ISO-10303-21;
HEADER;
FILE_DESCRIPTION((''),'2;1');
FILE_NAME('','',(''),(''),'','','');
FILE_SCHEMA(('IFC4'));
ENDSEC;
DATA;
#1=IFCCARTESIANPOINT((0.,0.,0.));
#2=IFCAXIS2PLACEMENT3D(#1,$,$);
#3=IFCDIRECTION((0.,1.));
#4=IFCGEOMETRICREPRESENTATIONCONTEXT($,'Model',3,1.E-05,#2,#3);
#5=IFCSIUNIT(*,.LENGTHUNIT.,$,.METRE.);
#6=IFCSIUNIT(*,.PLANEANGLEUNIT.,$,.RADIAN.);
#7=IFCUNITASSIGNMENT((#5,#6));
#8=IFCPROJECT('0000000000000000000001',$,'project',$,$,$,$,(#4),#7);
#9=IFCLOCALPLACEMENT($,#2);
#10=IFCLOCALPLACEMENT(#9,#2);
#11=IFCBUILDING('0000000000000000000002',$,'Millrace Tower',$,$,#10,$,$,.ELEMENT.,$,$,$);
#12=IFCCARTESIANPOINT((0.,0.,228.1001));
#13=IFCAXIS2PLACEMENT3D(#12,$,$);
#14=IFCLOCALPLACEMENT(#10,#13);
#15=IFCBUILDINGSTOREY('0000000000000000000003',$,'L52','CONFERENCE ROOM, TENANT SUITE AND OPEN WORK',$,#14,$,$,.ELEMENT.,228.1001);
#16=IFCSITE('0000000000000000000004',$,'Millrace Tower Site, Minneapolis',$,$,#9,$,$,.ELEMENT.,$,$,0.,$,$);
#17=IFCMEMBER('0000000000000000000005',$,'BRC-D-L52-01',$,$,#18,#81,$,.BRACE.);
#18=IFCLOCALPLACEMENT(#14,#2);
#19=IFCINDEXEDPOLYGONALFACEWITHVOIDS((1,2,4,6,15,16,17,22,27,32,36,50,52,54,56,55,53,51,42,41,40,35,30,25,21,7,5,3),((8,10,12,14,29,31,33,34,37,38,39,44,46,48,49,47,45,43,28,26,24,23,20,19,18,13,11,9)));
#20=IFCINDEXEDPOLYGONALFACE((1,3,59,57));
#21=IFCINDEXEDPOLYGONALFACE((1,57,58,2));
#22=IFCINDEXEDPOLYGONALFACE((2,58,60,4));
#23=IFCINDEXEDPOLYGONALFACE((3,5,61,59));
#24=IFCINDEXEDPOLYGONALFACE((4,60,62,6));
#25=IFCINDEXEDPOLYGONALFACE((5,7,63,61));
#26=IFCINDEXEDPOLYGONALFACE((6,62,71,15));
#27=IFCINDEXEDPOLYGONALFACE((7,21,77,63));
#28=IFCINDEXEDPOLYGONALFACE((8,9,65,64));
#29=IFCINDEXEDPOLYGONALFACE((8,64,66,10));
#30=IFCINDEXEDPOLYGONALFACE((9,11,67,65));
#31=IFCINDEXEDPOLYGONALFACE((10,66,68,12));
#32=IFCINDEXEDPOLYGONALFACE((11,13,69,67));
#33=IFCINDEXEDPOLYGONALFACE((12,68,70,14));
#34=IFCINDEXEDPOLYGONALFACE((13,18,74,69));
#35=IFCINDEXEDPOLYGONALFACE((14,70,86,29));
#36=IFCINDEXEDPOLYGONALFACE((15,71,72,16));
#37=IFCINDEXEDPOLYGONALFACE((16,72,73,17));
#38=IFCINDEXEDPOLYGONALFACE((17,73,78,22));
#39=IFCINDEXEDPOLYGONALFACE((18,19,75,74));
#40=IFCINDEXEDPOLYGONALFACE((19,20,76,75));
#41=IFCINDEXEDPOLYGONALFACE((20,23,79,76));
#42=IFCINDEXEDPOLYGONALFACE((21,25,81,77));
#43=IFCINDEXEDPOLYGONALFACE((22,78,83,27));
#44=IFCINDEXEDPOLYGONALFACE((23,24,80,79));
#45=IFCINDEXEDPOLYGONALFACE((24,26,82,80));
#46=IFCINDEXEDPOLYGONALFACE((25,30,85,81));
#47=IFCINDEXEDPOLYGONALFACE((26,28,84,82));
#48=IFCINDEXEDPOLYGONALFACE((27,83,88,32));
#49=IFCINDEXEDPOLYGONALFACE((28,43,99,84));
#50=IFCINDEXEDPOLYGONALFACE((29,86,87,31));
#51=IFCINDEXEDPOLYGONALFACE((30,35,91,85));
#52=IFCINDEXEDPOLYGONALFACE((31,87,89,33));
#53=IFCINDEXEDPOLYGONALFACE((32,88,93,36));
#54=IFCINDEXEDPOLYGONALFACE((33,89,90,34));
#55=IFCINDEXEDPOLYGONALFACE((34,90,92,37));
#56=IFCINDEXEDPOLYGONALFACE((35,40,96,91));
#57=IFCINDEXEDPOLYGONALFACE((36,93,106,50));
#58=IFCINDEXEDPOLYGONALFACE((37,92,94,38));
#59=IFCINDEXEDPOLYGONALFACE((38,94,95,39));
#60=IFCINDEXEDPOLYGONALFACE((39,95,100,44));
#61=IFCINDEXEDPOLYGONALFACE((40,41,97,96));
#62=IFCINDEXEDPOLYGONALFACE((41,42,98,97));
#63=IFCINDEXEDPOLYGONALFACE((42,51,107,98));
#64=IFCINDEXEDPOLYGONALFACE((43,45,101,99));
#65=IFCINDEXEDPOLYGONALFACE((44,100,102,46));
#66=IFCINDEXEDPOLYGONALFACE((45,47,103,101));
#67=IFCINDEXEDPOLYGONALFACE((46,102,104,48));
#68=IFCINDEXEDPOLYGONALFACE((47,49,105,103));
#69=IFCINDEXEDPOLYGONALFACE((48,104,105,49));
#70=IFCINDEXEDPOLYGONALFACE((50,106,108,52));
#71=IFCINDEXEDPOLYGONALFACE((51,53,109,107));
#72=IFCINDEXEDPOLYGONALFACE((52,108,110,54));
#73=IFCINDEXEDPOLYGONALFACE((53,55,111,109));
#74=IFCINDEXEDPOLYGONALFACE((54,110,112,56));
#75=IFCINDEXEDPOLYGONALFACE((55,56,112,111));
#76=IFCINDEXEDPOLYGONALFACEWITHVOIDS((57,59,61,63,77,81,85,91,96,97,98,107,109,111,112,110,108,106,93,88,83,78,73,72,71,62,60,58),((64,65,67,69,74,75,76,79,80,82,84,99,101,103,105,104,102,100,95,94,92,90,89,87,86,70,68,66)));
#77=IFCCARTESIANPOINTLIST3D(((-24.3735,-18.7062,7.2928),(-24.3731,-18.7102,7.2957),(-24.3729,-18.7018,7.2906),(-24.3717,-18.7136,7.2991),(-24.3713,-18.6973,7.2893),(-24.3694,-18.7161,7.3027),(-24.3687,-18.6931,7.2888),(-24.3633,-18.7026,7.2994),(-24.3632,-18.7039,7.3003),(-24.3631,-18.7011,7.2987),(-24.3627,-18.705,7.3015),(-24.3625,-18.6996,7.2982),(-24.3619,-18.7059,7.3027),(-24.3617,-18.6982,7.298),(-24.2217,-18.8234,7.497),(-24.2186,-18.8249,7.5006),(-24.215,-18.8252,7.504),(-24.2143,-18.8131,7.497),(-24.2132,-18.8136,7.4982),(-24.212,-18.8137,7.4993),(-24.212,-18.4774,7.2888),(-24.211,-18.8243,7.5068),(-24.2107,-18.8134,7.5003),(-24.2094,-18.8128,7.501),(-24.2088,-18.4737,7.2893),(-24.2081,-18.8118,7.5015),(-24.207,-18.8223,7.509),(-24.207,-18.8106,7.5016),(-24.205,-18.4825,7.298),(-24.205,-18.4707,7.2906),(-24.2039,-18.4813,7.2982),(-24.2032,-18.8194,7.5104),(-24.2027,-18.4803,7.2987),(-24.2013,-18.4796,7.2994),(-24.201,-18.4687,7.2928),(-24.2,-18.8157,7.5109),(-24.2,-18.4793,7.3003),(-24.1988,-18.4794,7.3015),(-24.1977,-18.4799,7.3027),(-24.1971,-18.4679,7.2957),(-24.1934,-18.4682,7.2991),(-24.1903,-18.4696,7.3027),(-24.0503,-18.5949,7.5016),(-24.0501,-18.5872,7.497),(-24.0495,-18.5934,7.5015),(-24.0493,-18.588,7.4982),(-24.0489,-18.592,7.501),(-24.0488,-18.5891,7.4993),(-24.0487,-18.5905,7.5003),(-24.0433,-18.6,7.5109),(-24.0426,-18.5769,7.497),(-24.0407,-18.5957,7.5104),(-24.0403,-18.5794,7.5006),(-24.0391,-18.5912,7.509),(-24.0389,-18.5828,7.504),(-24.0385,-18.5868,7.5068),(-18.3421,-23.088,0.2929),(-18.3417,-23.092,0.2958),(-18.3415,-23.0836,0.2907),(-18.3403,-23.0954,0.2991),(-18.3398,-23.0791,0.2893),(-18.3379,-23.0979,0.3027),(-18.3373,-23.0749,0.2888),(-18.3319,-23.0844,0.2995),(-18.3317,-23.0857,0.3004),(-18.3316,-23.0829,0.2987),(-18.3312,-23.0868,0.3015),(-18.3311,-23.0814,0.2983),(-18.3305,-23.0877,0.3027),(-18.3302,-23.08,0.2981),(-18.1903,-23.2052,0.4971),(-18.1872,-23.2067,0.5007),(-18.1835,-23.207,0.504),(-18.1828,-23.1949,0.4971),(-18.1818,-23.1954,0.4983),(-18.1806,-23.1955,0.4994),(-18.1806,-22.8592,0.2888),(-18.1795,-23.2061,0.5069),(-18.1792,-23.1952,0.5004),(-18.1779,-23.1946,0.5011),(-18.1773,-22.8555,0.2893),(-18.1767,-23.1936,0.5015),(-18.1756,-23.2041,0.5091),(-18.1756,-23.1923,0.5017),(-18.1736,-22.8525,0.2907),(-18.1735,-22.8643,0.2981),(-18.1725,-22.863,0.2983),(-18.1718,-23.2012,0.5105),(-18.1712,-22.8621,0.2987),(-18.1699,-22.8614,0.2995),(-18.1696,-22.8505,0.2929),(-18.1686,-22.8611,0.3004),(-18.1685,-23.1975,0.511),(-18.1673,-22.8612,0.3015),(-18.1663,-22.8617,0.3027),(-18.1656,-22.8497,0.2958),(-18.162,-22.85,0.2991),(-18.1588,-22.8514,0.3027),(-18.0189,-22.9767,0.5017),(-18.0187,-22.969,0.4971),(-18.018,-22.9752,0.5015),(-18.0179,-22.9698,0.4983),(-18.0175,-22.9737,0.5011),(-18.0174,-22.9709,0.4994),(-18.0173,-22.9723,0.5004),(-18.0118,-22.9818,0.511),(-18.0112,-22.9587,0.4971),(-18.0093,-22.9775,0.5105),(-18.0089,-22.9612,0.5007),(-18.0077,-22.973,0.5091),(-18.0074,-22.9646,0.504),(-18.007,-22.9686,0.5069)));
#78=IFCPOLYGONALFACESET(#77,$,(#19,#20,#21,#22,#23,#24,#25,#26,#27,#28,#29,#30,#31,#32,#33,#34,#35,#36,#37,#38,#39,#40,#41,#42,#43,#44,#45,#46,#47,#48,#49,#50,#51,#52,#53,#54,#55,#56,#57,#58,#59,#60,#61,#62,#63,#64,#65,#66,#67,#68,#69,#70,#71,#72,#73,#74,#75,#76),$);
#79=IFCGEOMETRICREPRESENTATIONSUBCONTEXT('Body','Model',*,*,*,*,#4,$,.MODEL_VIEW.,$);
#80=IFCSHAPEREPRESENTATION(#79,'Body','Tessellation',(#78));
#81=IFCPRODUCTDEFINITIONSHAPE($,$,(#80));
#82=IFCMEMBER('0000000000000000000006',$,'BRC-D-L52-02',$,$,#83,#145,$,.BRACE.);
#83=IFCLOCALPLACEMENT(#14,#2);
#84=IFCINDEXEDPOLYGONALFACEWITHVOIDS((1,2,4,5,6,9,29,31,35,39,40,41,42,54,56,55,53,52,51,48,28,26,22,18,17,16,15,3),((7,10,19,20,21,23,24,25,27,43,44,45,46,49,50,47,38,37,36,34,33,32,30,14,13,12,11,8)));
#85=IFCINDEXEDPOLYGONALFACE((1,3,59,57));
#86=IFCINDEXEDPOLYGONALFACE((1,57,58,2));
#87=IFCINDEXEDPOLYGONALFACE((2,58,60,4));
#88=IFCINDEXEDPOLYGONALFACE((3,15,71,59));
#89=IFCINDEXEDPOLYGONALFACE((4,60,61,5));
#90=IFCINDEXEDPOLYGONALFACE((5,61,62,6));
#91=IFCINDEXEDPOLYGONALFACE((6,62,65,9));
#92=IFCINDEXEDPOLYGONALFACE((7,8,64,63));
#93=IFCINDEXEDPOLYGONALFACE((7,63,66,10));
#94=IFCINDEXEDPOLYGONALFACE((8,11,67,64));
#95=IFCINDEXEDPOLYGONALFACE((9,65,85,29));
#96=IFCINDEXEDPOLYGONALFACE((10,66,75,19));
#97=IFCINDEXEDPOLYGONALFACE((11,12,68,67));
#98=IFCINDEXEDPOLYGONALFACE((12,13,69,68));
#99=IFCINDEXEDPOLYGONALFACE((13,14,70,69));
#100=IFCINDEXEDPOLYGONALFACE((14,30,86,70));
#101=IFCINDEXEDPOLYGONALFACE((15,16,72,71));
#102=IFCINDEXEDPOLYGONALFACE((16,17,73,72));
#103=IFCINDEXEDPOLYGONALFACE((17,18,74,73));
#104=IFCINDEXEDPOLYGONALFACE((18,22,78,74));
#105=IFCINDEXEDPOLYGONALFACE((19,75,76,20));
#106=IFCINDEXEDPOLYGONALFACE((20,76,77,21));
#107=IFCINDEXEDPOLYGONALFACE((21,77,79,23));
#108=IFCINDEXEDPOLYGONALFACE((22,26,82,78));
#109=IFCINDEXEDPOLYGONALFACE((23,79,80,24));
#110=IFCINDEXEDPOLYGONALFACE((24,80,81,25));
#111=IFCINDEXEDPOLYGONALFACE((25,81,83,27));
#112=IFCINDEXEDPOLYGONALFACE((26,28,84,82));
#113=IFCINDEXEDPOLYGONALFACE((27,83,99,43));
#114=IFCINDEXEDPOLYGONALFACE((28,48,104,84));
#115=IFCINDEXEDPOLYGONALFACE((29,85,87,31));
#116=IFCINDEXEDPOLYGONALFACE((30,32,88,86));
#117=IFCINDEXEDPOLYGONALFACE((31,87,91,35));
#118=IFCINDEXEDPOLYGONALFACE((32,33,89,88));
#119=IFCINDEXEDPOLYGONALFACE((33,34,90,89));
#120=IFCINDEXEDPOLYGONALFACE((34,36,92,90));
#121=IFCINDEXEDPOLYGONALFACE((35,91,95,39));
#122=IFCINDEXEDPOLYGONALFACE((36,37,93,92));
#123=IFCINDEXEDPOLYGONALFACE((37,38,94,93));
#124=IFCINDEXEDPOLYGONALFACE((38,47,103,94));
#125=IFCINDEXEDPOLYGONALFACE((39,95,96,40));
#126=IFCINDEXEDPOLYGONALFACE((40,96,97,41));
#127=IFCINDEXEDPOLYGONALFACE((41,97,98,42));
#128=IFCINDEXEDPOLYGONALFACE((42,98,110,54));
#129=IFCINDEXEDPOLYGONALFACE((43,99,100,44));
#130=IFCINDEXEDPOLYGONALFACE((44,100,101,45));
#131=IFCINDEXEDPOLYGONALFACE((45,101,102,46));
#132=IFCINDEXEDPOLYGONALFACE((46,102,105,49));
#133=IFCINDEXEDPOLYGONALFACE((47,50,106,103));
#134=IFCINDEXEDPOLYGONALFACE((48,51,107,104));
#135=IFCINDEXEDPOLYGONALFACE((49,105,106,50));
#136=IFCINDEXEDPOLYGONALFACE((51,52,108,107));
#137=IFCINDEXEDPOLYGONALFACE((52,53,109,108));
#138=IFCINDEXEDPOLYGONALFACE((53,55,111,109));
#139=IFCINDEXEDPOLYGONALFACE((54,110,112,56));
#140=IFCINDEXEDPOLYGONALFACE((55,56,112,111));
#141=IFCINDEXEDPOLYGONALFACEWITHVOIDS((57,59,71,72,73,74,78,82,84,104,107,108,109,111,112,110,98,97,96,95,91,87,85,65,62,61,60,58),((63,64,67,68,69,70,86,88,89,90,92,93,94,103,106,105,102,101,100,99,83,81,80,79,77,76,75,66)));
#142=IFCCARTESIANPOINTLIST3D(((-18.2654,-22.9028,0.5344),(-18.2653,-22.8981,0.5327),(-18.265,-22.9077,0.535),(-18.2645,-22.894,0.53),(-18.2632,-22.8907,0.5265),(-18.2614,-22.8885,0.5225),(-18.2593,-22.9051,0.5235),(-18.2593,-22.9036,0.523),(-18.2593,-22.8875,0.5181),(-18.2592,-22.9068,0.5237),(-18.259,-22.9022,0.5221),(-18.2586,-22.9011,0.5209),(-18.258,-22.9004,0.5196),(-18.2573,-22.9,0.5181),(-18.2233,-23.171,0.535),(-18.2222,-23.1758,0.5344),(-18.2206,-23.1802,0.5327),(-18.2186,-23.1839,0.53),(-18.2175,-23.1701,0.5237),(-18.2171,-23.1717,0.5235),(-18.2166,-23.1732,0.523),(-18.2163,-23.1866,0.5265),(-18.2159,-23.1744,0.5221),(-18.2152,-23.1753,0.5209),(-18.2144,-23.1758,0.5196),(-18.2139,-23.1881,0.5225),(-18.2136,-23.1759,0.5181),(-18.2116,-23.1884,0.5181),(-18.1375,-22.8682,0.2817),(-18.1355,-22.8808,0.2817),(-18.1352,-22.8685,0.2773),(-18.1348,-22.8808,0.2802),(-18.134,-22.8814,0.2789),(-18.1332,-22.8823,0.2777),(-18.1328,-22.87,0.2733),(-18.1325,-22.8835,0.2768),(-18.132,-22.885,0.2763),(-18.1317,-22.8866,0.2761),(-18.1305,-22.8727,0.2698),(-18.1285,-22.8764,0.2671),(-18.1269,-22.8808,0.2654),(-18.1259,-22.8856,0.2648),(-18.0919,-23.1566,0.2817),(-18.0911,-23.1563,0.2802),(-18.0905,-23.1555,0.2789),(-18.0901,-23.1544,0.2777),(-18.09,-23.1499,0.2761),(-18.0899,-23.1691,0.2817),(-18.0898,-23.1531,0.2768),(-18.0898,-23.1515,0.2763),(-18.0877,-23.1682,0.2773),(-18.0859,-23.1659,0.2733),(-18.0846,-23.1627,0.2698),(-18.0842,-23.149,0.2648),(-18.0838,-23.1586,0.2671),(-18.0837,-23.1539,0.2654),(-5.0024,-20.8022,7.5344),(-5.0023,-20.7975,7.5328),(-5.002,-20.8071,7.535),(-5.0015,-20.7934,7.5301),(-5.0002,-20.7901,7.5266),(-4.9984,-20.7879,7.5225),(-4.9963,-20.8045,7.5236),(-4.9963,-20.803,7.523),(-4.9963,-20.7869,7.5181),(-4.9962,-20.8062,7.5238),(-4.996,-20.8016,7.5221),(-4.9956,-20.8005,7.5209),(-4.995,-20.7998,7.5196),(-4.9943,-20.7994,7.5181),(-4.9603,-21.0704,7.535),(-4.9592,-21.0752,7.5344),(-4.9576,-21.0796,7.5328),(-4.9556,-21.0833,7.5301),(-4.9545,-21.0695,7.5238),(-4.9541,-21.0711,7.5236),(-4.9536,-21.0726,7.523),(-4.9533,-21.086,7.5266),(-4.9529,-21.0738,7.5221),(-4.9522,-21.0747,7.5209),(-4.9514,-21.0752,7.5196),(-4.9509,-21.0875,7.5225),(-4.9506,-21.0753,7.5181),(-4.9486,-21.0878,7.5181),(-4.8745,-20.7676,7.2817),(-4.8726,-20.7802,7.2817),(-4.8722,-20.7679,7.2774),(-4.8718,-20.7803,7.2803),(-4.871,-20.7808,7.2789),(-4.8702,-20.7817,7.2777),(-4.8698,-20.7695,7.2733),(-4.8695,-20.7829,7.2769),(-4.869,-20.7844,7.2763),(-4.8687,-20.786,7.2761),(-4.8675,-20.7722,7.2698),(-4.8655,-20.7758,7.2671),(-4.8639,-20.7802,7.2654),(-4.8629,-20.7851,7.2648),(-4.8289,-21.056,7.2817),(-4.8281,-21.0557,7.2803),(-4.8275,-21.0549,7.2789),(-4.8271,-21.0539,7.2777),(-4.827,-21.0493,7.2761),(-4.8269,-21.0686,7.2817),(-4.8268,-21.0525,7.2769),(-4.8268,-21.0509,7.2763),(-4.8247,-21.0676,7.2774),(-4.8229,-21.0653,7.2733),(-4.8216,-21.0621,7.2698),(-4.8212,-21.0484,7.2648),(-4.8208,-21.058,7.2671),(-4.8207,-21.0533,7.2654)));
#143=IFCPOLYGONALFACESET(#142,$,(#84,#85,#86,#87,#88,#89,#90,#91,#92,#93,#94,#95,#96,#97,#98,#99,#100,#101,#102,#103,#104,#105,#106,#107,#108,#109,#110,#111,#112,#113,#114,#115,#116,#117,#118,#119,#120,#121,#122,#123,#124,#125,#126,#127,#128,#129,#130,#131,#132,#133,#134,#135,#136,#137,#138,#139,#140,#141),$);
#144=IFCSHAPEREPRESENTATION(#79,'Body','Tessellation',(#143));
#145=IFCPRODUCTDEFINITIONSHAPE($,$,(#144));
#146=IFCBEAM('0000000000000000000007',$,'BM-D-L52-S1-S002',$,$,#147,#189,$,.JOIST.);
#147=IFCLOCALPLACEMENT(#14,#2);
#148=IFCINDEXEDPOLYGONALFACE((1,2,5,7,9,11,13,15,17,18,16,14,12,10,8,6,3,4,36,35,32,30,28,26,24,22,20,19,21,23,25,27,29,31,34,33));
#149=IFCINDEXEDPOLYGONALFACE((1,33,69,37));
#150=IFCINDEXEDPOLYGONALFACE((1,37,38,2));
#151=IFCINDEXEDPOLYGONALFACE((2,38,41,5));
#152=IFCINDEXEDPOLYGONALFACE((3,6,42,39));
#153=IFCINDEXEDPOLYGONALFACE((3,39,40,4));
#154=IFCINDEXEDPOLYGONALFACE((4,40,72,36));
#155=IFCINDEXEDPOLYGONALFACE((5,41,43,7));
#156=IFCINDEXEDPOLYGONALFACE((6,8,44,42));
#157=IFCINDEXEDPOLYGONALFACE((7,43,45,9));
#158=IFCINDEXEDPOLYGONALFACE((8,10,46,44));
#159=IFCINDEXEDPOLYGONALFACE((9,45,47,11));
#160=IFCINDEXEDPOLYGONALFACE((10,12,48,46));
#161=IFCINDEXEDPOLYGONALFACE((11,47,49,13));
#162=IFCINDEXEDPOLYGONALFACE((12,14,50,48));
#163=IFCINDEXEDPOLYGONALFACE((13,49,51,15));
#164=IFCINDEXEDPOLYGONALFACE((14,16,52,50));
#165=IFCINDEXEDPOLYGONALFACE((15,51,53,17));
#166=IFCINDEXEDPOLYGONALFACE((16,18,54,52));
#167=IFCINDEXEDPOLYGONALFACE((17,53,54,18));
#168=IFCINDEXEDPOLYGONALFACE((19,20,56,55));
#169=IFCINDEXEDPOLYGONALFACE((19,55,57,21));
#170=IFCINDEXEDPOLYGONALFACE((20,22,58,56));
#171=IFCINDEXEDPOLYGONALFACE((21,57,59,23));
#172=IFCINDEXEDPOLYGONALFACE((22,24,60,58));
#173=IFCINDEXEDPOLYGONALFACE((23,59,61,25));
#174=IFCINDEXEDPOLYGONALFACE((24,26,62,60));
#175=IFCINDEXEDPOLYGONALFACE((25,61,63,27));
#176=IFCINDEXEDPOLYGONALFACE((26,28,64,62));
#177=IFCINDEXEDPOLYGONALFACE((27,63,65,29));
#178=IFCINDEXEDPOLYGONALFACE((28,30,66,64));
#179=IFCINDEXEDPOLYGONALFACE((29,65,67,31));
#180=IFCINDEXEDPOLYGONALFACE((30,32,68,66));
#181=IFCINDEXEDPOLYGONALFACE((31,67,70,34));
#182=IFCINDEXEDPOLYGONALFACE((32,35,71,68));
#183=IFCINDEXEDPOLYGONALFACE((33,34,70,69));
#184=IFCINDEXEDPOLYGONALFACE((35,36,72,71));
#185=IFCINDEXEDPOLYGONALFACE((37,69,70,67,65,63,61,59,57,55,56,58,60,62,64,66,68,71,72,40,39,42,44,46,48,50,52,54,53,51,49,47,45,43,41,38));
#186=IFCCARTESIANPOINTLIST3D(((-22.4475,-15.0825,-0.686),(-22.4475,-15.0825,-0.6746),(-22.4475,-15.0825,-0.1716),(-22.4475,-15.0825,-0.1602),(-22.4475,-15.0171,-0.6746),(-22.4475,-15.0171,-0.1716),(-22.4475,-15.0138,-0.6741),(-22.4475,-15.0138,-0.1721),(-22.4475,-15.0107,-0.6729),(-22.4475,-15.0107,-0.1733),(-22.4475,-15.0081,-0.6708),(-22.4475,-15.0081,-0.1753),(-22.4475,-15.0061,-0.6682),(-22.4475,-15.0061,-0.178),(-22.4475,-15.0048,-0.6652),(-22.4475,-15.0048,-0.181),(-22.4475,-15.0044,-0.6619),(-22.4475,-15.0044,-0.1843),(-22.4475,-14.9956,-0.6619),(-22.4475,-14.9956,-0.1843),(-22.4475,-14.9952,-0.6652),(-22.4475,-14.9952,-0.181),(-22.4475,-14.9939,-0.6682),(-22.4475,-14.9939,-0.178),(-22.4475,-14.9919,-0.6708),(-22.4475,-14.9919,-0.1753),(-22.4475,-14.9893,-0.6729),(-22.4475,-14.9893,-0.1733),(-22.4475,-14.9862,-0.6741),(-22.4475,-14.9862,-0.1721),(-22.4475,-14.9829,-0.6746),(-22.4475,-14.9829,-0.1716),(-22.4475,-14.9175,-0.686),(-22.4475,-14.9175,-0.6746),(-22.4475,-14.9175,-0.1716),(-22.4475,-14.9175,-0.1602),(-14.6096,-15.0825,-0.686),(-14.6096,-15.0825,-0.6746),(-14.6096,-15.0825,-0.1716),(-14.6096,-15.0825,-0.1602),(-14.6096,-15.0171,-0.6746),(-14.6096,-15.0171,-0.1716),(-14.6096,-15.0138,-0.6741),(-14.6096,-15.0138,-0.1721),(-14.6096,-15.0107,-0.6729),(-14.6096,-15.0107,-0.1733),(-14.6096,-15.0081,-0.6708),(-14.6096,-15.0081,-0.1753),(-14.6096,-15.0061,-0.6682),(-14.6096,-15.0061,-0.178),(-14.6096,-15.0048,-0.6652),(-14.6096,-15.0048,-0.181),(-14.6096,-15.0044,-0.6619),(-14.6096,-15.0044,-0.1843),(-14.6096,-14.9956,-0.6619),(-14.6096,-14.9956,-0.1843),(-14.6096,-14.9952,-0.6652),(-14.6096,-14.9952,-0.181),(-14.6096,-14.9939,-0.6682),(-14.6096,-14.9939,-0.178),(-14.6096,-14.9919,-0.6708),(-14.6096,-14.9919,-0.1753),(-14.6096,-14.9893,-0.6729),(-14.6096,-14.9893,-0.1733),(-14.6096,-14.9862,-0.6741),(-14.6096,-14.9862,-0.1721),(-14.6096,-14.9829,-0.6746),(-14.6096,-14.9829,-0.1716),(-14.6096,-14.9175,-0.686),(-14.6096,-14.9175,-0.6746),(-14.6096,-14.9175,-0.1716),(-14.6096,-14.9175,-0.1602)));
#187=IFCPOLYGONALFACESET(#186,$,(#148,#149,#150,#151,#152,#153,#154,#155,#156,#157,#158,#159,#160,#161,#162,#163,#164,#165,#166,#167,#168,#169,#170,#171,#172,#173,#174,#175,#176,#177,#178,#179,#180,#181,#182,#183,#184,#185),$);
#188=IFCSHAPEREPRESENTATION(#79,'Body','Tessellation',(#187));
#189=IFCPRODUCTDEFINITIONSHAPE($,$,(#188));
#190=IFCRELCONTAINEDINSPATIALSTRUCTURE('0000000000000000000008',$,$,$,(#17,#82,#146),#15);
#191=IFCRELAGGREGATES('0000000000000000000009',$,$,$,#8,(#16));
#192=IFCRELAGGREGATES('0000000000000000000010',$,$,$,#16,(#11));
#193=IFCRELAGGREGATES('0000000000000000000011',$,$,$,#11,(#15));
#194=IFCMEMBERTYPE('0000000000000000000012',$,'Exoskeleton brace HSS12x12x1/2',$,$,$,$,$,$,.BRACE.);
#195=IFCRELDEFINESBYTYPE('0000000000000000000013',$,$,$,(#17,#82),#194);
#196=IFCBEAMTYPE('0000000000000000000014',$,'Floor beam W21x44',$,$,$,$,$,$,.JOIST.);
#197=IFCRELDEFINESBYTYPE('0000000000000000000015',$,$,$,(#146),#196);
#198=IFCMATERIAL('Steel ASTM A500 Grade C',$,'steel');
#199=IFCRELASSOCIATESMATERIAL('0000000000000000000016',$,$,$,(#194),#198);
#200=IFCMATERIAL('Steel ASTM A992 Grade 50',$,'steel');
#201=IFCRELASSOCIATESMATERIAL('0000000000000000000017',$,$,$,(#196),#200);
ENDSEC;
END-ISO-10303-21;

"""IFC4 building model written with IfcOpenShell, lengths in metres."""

from ifc_helpers import new_model, si_unit, direction, frame, origin, origin_2d, place, context, subcontext, project, spatial, hollow_rectangle, i_section, extrude, material, material_profile, profile_set, type_object, element, save


model = new_model("IFC4")

# Units and contexts
model_context = context("Model", 3, precision=1e-05, world=origin(), true_north=direction((0.0, 1.0)))
body_context = subcontext(model_context, "Body", "Model", "MODEL_VIEW")
ifc_project = project(units=[si_unit("LENGTHUNIT", "METRE"), si_unit("PLANEANGLEUNIT", "RADIAN")], contexts=[model_context])

# Site, building, storey
site_placement = place(None, origin())
site = spatial("IfcSite", under=ifc_project, at=site_placement, Name="Millrace Tower Site, Minneapolis", CompositionType="ELEMENT", RefElevation=0.0)
building_placement = place(site_placement, origin())
building = spatial("IfcBuilding", under=site, at=building_placement, Name="Millrace Tower", CompositionType="ELEMENT")
storey_placement = place(building_placement, frame((0.0, 0.0, 228.1001)))
storey = spatial("IfcBuildingStorey", under=building, at=storey_placement, Name="L52", Description="CONFERENCE ROOM, TENANT SUITE AND OPEN WORK", CompositionType="ELEMENT", Elevation=228.1001)

# Members
ifc_material_1 = material(Name="Steel ASTM A500 Grade C", Category="steel")
ifc_material_profile_1 = material_profile(ifc_material_1, hollow_rectangle(XDim=0.3047, YDim=0.3047, WallThickness=0.0127, InnerFilletRadius=0.0063, OuterFilletRadius=0.019, at=origin_2d()))
ifc_profile_set_1 = profile_set([ifc_material_profile_1], Name="Steel ASTM A500 Grade C")
member_type_1 = type_object("IfcMemberType", Name="Exoskeleton brace HSS12x12x1/2", PredefinedType="BRACE", material=ifc_profile_set_1)
member_1_placement = place(storey_placement, frame((-18.1746, -23.0283, 0.3999), z_axis=(-0.589796, 0.428482, 0.684502), x_axis=(-0.587759, -0.809036, 0.0)))
element("IfcMember", 1, at=member_1_placement, inside=storey, type_object=member_type_1, Name="BRC-D-L52-01", PredefinedType="BRACE", context=body_context, shape_type="SweptSolid", body=[
    extrude(hollow_rectangle(XDim=0.3047, YDim=0.3047, WallThickness=0.0127, InnerFilletRadius=0.0063, OuterFilletRadius=0.019, at=origin_2d()), origin(), (0.0, 0.0, 1.0), 10.2263),
])
member_2_placement = place(storey_placement, frame((-18.1746, -23.0283, 0.3999), z_axis=(0.875832, 0.138714, 0.462252), x_axis=(-0.15643, 0.987689, 0.0)))
element("IfcMember", 2, at=member_2_placement, inside=storey, type_object=member_type_1, Name="BRC-D-L52-02", PredefinedType="BRACE", context=body_context, shape_type="SweptSolid", body=[
    extrude(hollow_rectangle(XDim=0.3047, YDim=0.3047, WallThickness=0.0127, InnerFilletRadius=0.0063, OuterFilletRadius=0.019, at=origin_2d()), origin(), (0.0, 0.0, 1.0), 15.1433),
])

# Beam
ifc_material_2 = material(Name="Steel ASTM A992 Grade 50", Category="steel")
ifc_material_profile_2 = material_profile(ifc_material_2, i_section(OverallWidth=0.165, OverallDepth=0.5259, WebThickness=0.0088, FlangeThickness=0.0115, FilletRadius=0.0127, at=origin_2d()))
ifc_profile_set_2 = profile_set([ifc_material_profile_2], Name="Steel ASTM A992 Grade 50")
beam_type_1 = type_object("IfcBeamType", Name="Floor beam W21x44", PredefinedType="JOIST", material=ifc_profile_set_2)
beam_1_placement = place(storey_placement, frame((-22.4475, -15.0, -0.4231), z_axis=(1.0, 0.0, 0.0), x_axis=(0.0, 1.0, 0.0)))
element("IfcBeam", 3, at=beam_1_placement, inside=storey, type_object=beam_type_1, Name="BM-D-L52-S1-S002", PredefinedType="JOIST", context=body_context, shape_type="SweptSolid", body=[
    extrude(i_section(OverallWidth=0.165, OverallDepth=0.5259, WebThickness=0.0088, FlangeThickness=0.0115, FilletRadius=0.0127, at=origin_2d()), origin(), (0.0, 0.0, 1.0), 7.8379),
])

save(model, "model.ifc")
